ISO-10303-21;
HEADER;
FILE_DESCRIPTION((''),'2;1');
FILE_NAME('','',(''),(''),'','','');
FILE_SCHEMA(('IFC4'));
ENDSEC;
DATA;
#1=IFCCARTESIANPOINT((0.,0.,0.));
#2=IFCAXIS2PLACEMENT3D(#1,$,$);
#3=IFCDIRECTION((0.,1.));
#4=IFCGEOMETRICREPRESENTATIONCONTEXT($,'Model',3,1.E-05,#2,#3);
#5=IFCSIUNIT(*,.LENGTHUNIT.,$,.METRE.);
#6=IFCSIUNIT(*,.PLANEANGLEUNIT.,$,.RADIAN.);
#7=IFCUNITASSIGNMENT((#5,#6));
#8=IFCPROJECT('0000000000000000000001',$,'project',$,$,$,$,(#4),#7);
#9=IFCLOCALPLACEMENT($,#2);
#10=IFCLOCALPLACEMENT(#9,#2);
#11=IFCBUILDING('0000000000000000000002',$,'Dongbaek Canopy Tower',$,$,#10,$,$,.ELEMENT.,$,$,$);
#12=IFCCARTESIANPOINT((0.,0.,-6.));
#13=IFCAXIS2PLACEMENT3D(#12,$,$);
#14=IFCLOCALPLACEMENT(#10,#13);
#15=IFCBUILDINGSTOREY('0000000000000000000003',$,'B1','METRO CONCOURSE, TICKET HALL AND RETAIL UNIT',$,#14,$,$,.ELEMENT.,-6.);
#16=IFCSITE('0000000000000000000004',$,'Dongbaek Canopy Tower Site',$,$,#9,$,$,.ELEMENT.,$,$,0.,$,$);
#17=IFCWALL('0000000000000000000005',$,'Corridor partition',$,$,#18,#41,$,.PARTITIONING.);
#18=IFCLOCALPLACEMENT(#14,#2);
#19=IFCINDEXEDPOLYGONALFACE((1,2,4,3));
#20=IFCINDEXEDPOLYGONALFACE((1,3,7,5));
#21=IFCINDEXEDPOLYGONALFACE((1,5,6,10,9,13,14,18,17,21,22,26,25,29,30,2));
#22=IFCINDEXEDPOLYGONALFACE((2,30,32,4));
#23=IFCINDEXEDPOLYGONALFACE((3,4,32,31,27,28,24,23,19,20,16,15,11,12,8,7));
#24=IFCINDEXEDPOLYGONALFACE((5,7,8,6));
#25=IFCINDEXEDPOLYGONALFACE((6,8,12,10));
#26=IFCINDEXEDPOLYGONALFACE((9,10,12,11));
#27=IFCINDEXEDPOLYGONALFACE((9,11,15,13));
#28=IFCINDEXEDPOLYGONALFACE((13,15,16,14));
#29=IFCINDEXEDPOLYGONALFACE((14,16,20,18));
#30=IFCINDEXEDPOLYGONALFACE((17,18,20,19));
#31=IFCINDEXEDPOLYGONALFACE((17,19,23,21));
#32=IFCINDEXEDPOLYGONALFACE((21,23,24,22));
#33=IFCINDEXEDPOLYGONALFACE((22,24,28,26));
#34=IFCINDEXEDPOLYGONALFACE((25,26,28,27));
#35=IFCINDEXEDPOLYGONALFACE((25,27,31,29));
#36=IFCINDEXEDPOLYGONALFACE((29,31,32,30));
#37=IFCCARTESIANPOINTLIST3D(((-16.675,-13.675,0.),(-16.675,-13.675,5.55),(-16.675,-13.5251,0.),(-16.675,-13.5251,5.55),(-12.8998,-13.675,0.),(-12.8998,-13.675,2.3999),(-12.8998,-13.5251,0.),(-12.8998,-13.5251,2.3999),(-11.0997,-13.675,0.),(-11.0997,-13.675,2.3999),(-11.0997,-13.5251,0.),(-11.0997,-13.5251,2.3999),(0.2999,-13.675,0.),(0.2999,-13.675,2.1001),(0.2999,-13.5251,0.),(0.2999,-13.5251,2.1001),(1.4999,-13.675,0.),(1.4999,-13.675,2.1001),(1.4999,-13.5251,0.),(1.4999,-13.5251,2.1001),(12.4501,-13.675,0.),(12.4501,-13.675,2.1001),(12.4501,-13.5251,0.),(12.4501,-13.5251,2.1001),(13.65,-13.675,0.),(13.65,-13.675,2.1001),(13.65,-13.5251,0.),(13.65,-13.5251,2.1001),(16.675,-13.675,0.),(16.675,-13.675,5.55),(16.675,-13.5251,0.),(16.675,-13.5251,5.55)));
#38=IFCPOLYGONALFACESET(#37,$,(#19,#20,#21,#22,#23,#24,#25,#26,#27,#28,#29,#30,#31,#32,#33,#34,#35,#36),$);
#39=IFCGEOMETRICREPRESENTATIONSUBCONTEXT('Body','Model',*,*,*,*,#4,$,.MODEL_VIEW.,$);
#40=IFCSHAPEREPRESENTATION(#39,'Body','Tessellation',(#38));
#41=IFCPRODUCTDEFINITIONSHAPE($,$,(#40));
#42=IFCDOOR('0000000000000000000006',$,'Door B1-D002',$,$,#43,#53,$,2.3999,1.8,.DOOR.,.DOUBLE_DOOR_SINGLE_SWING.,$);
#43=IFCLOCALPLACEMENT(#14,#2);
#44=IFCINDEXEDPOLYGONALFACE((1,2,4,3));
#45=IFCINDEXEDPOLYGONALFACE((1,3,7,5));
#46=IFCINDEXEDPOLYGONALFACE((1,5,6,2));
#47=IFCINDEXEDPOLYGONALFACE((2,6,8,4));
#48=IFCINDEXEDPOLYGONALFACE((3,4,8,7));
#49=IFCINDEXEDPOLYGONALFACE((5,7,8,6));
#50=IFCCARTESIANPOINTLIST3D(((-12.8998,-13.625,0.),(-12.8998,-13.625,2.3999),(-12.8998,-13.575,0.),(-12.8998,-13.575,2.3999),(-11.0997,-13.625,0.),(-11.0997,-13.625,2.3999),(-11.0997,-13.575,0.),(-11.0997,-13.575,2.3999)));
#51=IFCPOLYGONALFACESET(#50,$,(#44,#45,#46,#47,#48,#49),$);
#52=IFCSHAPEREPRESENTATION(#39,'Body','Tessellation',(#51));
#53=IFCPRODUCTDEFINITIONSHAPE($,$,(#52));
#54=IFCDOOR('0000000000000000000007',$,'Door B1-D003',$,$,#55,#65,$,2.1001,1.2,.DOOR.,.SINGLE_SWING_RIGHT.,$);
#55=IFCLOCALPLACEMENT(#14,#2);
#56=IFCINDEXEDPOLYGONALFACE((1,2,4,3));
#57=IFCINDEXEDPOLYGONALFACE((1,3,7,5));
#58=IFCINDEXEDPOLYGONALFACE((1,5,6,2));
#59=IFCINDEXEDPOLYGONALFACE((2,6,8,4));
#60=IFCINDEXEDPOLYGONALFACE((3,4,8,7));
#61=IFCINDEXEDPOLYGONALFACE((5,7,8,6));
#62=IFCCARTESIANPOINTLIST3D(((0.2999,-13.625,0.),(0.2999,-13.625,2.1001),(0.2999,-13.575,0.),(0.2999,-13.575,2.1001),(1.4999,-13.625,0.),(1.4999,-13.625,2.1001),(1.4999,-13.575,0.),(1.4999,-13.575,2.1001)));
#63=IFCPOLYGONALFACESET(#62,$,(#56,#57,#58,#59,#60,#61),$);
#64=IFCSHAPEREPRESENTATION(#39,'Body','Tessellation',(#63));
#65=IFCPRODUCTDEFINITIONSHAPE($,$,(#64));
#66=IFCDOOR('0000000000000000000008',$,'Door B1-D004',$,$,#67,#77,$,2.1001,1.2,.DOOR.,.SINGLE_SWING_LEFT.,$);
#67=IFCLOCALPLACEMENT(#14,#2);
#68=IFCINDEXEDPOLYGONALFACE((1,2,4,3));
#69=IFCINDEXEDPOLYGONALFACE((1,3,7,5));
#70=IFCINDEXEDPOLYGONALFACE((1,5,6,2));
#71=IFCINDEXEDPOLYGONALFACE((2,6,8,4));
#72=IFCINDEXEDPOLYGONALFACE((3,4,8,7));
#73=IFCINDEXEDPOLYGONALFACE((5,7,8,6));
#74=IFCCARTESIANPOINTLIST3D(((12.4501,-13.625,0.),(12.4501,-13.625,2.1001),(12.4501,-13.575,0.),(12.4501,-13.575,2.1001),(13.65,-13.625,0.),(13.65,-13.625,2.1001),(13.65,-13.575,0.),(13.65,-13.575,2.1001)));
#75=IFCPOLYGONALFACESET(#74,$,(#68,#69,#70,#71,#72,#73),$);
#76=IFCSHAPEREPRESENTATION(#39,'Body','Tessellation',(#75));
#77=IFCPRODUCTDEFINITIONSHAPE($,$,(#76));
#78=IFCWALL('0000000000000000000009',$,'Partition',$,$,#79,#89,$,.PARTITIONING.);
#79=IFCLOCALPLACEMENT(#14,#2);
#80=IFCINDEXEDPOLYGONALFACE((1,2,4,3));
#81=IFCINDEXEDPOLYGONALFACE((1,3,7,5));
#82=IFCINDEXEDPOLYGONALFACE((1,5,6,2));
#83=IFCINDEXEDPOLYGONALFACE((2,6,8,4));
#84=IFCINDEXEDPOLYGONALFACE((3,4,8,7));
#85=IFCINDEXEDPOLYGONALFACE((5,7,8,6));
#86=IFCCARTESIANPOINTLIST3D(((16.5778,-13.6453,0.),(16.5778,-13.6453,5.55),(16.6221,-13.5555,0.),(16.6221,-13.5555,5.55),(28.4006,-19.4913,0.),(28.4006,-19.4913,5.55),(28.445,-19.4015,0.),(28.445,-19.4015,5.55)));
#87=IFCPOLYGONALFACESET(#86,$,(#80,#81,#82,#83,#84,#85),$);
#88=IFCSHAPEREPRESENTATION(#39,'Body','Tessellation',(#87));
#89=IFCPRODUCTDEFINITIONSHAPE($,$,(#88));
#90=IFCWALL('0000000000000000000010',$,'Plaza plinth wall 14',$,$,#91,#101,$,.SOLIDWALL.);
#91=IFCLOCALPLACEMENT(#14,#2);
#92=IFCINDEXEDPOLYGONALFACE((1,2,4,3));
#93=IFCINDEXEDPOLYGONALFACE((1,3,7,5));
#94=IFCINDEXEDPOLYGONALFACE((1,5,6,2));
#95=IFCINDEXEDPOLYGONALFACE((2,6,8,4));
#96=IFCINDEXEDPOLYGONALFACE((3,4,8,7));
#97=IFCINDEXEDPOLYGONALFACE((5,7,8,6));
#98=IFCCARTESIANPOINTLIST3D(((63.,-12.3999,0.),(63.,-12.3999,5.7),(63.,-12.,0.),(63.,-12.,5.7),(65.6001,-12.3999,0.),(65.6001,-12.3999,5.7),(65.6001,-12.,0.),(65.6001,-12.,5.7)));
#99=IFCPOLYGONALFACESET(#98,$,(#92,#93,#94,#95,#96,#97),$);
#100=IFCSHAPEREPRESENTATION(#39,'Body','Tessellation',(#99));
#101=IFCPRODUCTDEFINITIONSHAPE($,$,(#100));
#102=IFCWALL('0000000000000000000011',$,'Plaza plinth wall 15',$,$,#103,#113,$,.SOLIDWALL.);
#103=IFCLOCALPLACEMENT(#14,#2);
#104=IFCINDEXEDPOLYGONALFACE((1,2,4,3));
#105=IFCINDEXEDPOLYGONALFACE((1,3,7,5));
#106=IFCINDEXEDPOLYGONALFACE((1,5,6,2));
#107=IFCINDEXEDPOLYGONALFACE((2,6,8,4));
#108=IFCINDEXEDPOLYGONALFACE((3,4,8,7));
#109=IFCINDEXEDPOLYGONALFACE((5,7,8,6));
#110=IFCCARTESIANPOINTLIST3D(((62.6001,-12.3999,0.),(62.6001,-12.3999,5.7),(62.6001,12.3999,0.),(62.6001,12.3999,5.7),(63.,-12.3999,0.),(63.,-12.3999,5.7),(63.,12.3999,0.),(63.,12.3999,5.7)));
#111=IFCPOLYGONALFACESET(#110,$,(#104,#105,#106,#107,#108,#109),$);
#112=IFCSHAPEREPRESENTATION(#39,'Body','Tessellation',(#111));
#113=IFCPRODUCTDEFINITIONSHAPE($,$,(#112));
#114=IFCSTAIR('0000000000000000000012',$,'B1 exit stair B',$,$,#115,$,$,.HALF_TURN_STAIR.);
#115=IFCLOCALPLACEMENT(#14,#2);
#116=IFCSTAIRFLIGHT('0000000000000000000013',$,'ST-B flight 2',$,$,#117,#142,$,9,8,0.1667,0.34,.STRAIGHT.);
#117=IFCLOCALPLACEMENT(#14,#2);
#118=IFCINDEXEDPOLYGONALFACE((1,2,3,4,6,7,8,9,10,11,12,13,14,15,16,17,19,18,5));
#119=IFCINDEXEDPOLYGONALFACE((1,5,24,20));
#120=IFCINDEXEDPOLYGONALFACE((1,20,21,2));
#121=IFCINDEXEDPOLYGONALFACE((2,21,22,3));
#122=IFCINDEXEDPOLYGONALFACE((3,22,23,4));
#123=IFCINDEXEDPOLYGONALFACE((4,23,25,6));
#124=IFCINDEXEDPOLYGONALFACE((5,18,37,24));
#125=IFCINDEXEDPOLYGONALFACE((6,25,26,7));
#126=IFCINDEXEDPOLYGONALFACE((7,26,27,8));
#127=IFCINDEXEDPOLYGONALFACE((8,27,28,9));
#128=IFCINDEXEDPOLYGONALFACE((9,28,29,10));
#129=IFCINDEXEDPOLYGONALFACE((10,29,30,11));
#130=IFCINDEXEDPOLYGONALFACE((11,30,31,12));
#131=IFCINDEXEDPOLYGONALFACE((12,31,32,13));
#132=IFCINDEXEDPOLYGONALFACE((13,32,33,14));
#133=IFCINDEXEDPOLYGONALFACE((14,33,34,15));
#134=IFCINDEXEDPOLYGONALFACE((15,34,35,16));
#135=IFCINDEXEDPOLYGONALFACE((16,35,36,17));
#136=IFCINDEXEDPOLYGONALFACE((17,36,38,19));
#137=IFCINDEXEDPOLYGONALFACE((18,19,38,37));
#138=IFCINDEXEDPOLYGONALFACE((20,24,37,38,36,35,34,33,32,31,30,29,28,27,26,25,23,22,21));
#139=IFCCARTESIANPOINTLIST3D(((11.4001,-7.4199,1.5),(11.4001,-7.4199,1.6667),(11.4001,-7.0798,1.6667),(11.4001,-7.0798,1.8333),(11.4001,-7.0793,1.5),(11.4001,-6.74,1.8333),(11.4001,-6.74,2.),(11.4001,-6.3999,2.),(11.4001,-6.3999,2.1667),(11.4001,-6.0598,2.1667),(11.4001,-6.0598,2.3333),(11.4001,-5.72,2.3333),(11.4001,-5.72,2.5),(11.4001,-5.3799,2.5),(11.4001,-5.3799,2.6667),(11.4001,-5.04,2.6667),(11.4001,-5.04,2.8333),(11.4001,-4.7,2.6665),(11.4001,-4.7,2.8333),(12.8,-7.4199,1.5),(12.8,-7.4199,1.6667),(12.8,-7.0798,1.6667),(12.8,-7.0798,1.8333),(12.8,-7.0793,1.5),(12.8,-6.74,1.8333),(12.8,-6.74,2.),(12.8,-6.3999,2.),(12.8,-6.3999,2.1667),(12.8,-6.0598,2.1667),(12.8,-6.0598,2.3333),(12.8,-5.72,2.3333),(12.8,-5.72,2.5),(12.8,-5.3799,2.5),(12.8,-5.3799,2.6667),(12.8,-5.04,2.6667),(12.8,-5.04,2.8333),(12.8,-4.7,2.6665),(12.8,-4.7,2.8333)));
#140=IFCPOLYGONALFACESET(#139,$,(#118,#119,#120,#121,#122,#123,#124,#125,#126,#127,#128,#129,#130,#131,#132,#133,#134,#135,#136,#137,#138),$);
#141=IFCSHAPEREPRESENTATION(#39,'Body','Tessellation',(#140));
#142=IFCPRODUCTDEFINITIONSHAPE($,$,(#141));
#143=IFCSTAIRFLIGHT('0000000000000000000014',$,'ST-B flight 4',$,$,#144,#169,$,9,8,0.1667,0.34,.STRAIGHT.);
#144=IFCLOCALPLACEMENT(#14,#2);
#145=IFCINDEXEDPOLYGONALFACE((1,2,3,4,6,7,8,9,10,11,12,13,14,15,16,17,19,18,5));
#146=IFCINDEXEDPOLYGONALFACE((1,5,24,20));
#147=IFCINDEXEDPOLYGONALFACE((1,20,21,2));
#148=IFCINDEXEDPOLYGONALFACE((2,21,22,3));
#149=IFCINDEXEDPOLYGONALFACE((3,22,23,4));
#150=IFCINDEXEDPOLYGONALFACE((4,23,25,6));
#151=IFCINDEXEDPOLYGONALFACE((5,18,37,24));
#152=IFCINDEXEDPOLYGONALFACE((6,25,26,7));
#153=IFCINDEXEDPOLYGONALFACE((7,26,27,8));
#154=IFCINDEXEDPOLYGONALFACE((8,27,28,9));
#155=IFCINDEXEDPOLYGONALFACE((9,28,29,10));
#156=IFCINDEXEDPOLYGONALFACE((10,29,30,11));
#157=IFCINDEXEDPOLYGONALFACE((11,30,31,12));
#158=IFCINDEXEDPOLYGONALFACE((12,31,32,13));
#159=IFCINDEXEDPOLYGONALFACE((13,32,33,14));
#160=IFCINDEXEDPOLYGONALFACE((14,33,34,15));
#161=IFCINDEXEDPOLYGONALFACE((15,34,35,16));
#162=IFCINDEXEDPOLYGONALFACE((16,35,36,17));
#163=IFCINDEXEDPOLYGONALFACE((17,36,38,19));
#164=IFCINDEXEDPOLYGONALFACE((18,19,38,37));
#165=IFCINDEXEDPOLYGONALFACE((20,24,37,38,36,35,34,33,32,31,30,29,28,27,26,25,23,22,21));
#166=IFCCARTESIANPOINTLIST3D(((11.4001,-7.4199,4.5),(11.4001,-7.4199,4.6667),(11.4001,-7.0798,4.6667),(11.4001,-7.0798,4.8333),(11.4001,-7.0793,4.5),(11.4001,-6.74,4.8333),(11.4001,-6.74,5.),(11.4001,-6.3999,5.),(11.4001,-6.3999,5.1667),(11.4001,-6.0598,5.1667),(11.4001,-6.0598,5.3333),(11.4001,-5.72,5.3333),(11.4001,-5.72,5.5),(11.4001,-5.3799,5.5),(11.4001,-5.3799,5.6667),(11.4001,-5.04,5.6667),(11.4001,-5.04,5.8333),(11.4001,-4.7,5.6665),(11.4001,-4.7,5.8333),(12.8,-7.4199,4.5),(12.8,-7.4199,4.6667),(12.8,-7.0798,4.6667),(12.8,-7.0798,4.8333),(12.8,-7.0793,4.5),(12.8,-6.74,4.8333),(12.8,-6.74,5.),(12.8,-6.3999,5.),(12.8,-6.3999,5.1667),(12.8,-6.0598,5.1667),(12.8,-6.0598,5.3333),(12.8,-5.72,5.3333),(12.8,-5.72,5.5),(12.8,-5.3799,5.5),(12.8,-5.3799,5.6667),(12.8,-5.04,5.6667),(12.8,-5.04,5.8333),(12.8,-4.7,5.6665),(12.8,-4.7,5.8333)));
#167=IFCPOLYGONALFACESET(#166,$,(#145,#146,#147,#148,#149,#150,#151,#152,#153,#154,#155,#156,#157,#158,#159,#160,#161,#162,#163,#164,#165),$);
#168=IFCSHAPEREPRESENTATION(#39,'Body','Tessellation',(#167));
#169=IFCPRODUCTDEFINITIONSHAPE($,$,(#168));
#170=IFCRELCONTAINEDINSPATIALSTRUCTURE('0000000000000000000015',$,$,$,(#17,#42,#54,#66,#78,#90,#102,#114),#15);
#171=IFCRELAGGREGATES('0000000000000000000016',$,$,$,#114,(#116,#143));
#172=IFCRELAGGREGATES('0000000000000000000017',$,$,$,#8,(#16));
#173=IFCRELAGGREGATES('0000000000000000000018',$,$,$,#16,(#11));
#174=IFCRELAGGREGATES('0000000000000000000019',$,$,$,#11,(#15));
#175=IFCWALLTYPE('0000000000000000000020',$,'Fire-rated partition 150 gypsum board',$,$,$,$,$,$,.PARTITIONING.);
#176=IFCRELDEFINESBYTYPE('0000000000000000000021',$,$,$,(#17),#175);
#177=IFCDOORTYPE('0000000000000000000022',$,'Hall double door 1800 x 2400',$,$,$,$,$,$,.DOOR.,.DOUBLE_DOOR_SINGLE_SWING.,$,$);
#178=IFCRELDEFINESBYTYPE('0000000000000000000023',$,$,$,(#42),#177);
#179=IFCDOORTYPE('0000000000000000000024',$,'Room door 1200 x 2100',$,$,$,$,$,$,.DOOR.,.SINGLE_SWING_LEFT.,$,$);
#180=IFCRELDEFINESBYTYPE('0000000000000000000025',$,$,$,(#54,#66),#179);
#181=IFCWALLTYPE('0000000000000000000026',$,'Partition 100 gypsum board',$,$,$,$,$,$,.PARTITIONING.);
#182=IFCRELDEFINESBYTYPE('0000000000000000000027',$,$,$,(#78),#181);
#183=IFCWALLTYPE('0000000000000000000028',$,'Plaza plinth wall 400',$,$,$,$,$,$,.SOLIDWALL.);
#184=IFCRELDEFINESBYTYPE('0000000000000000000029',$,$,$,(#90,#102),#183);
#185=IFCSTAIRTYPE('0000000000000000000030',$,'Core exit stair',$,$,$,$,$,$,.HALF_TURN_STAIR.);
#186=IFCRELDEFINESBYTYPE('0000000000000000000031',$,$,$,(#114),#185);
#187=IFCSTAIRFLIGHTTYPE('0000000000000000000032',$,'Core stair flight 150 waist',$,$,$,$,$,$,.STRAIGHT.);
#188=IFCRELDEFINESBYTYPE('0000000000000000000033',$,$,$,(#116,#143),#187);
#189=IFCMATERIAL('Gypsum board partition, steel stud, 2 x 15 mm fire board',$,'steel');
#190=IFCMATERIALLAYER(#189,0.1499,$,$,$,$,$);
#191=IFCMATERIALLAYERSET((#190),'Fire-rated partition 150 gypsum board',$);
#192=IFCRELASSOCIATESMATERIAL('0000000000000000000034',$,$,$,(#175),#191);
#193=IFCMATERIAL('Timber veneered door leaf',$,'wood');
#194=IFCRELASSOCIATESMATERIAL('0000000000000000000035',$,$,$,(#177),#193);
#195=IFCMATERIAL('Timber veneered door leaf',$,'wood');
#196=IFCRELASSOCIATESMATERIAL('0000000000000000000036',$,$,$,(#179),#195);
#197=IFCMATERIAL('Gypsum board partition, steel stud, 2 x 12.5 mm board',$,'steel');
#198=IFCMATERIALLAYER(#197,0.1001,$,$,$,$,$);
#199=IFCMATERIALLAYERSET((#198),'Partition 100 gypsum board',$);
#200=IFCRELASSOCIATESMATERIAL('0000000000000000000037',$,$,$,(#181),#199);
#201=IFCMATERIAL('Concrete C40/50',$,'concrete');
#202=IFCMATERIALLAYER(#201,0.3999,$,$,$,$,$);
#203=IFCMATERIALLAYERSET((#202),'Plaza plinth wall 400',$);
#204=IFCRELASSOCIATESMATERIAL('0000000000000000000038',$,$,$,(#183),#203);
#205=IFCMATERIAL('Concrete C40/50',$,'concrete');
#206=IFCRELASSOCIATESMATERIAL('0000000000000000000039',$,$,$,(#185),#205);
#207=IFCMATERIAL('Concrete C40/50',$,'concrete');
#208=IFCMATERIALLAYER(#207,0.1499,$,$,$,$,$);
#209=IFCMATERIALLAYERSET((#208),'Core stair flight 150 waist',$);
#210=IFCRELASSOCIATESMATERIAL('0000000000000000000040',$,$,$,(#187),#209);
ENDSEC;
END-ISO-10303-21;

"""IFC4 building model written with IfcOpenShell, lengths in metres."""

from ifc_helpers import new_model, si_unit, direction, frame, frame_2d, origin, place, context, subcontext, project, spatial, polyline, rectangle, outline, extrude, material, layer, layer_set, type_object, element, fill, aggregate, save


model = new_model("IFC4")

# Units and contexts
model_context = context("Model", 3, precision=1e-05, world=origin(), true_north=direction((0.0, 1.0)))
body_context = subcontext(model_context, "Body", "Model", "MODEL_VIEW")
ifc_project = project(units=[si_unit("LENGTHUNIT", "METRE"), si_unit("PLANEANGLEUNIT", "RADIAN")], contexts=[model_context])

# Site, building, storey
site_placement = place(None, origin())
site = spatial("IfcSite", under=ifc_project, at=site_placement, Name="Dongbaek Canopy Tower Site", CompositionType="ELEMENT", RefElevation=0.0)
building_placement = place(site_placement, origin())
building = spatial("IfcBuilding", under=site, at=building_placement, Name="Dongbaek Canopy Tower", CompositionType="ELEMENT")
storey_placement = place(building_placement, frame((0.0, 0.0, -6.0)))
storey = spatial("IfcBuildingStorey", under=building, at=storey_placement, Name="B1", Description="METRO CONCOURSE, TICKET HALL AND RETAIL UNIT", CompositionType="ELEMENT", Elevation=-6.0)

# Wall, openings, doors
ifc_material_1 = material(Name="Gypsum board partition, steel stud, 2 x 15 mm fire board", Category="steel")
ifc_layer_1 = layer(ifc_material_1, 0.1499)
ifc_layer_set_1 = layer_set([ifc_layer_1], Name="Fire-rated partition 150 gypsum board")
wall_type_1 = type_object("IfcWallType", Name="Fire-rated partition 150 gypsum board", PredefinedType="PARTITIONING", material=ifc_layer_set_1)
wall_1_placement = place(storey_placement, frame((16.675, -13.6001, 0.0), z_axis=(0.0, 0.0, 1.0), x_axis=(-1.0, 0.0, 0.0)))
wall_1 = element("IfcWall", 1, at=wall_1_placement, inside=storey, type_object=wall_type_1, Name="Corridor partition", PredefinedType="PARTITIONING", context=body_context, shape_type="SweptSolid", body=[
    extrude(rectangle(XDim=33.3501, YDim=0.1499, at=frame_2d((16.675, 0.0))), origin(), (0.0, 0.0, 1.0), 5.55),
])
opening_1_placement = place(wall_1_placement, frame((27.7749, 0.0, 0.0)))
opening_1 = element("IfcOpeningElement", 2, at=opening_1_placement, cuts=wall_1, PredefinedType="OPENING", context=body_context, shape_type="SweptSolid", body=[
    extrude(rectangle(XDim=1.8, YDim=2.3999, at=frame_2d((0.8999, 1.2))), frame((0.0, 0.085, 0.0), z_axis=(0.0, -1.0, 0.0), x_axis=(1.0, 0.0, 0.0)), (0.0, 0.0, 1.0), 0.1699),
])
opening_2_placement = place(wall_1_placement, frame((15.175, 0.0, 0.0)))
opening_2 = element("IfcOpeningElement", 3, at=opening_2_placement, cuts=wall_1, PredefinedType="OPENING", context=body_context, shape_type="SweptSolid", body=[
    extrude(rectangle(XDim=1.2, YDim=2.1001, at=frame_2d((0.6001, 1.05))), frame((0.0, 0.085, 0.0), z_axis=(0.0, -1.0, 0.0), x_axis=(1.0, 0.0, 0.0)), (0.0, 0.0, 1.0), 0.1699),
])
opening_3_placement = place(wall_1_placement, frame((3.0249, 0.0, 0.0)))
opening_3 = element("IfcOpeningElement", 4, at=opening_3_placement, cuts=wall_1, PredefinedType="OPENING", context=body_context, shape_type="SweptSolid", body=[
    extrude(rectangle(XDim=1.2, YDim=2.1001, at=frame_2d((0.6001, 1.05))), frame((0.0, 0.085, 0.0), z_axis=(0.0, -1.0, 0.0), x_axis=(1.0, 0.0, 0.0)), (0.0, 0.0, 1.0), 0.1699),
])
ifc_material_2 = material(Name="Timber veneered door leaf", Category="wood")
door_type_1 = type_object("IfcDoorType", Name="Hall double door 1800 x 2400", OperationType="DOUBLE_DOOR_SINGLE_SWING", PredefinedType="DOOR", material=ifc_material_2)
door_1_placement = place(opening_1_placement, origin())
door_1 = element("IfcDoor", 5, at=door_1_placement, inside=storey, type_object=door_type_1, Name="Door B1-D002", OperationType="DOUBLE_DOOR_SINGLE_SWING", OverallHeight=2.3999, OverallWidth=1.8, PredefinedType="DOOR", context=body_context, shape_type="SweptSolid", body=[
    extrude(rectangle(XDim=1.8, YDim=2.3999, at=frame_2d((0.8999, 1.2))), frame((0.0, 0.0249, 0.0), z_axis=(0.0, -1.0, 0.0), x_axis=(1.0, 0.0, 0.0)), (0.0, 0.0, 1.0), 0.05),
])
fill(opening_1, door_1)
ifc_material_3 = material(Name="Timber veneered door leaf", Category="wood")
door_type_2 = type_object("IfcDoorType", Name="Room door 1200 x 2100", OperationType="SINGLE_SWING_LEFT", PredefinedType="DOOR", material=ifc_material_3)
door_2_placement = place(opening_2_placement, origin())
door_2 = element("IfcDoor", 6, at=door_2_placement, inside=storey, type_object=door_type_2, Name="Door B1-D003", OperationType="SINGLE_SWING_RIGHT", OverallHeight=2.1001, OverallWidth=1.2, PredefinedType="DOOR", context=body_context, shape_type="SweptSolid", body=[
    extrude(rectangle(XDim=1.2, YDim=2.1001, at=frame_2d((0.6001, 1.05))), frame((0.0, 0.0249, 0.0), z_axis=(0.0, -1.0, 0.0), x_axis=(1.0, 0.0, 0.0)), (0.0, 0.0, 1.0), 0.05),
])
fill(opening_2, door_2)
door_3_placement = place(opening_3_placement, origin())
door_3 = element("IfcDoor", 7, at=door_3_placement, inside=storey, type_object=door_type_2, Name="Door B1-D004", OperationType="SINGLE_SWING_LEFT", OverallHeight=2.1001, OverallWidth=1.2, PredefinedType="DOOR", context=body_context, shape_type="SweptSolid", body=[
    extrude(rectangle(XDim=1.2, YDim=2.1001, at=frame_2d((0.6001, 1.05))), frame((0.0, 0.0249, 0.0), z_axis=(0.0, -1.0, 0.0), x_axis=(1.0, 0.0, 0.0)), (0.0, 0.0, 1.0), 0.05),
])
fill(opening_3, door_3)

# Walls
ifc_material_4 = material(Name="Gypsum board partition, steel stud, 2 x 12.5 mm board", Category="steel")
ifc_layer_2 = layer(ifc_material_4, 0.1001)
ifc_layer_set_2 = layer_set([ifc_layer_2], Name="Partition 100 gypsum board")
wall_type_2 = type_object("IfcWallType", Name="Partition 100 gypsum board", PredefinedType="PARTITIONING", material=ifc_layer_set_2)
wall_2_placement = place(storey_placement, frame((16.5999, -13.6003, 0.0), z_axis=(0.0, 0.0, 1.0), x_axis=(0.896403, -0.44324, 0.0)))
element("IfcWall", 8, at=wall_2_placement, inside=storey, type_object=wall_type_2, Name="Partition", PredefinedType="PARTITIONING", context=body_context, shape_type="SweptSolid", body=[
    extrude(rectangle(XDim=13.1892, YDim=0.1001, at=frame_2d((6.5947, 0.0))), origin(), (0.0, 0.0, 1.0), 5.55),
])
ifc_material_5 = material(Name="Concrete C40/50", Category="concrete")
ifc_layer_3 = layer(ifc_material_5, 0.3999)
ifc_layer_set_3 = layer_set([ifc_layer_3], Name="Plaza plinth wall 400")
wall_type_3 = type_object("IfcWallType", Name="Plaza plinth wall 400", PredefinedType="SOLIDWALL", material=ifc_layer_set_3)
wall_3_placement = place(storey_placement, frame((63.0, -12.2, 0.0), z_axis=(0.0, 0.0, 1.0), x_axis=(1.0, 0.0, 0.0)))
element("IfcWall", 9, at=wall_3_placement, inside=storey, type_object=wall_type_3, Name="Plaza plinth wall 14", PredefinedType="SOLIDWALL", context=body_context, shape_type="SweptSolid", body=[
    extrude(rectangle(XDim=2.6001, YDim=0.3999, at=frame_2d((1.3, 0.0))), origin(), (0.0, 0.0, 1.0), 5.7),
])
wall_4_placement = place(storey_placement, frame((62.8, -12.3999, 0.0), z_axis=(0.0, 0.0, 1.0), x_axis=(0.0, 1.0, 0.0)))
element("IfcWall", 10, at=wall_4_placement, inside=storey, type_object=wall_type_3, Name="Plaza plinth wall 15", PredefinedType="SOLIDWALL", context=body_context, shape_type="SweptSolid", body=[
    extrude(rectangle(XDim=24.7998, YDim=0.3999, at=frame_2d((12.3999, 0.0))), origin(), (0.0, 0.0, 1.0), 5.7),
])

# Stair, stair flights
ifc_material_6 = material(Name="Concrete C40/50", Category="concrete")
stair_type = type_object("IfcStairType", Name="Core exit stair", PredefinedType="HALF_TURN_STAIR", material=ifc_material_6)
stair_placement = place(storey_placement, origin())
stair = element("IfcStair", 11, at=stair_placement, inside=storey, type_object=stair_type, Name="B1 exit stair B", PredefinedType="HALF_TURN_STAIR")
ifc_material_7 = material(Name="Concrete C40/50", Category="concrete")
ifc_layer_4 = layer(ifc_material_7, 0.1499)
ifc_layer_set_4 = layer_set([ifc_layer_4], Name="Core stair flight 150 waist")
stair_flight_type = type_object("IfcStairFlightType", Name="Core stair flight 150 waist", PredefinedType="STRAIGHT", material=ifc_layer_set_4)
stair_flight_1_placement = place(storey_placement, frame((12.1001, -7.4199, 1.5), z_axis=(0.0, 0.0, 1.0), x_axis=(0.0, 1.0, 0.0)))
stair_flight_1 = element("IfcStairFlight", 12, at=stair_flight_1_placement, type_object=stair_flight_type, Name="ST-B flight 2", NumberOfRisers=9, NumberOfTreads=8, PredefinedType="STRAIGHT", RiserHeight=0.1667, TreadLength=0.34, context=body_context, shape_type="SweptSolid", body=[
    extrude(outline(polyline([(0.0, 0.0), (0.0, 0.1667), (0.3401, 0.1667), (0.3401, 0.3333), (0.6799, 0.3333), (0.6799, 0.5), (1.02, 0.5), (1.02, 0.6667), (1.3601, 0.6667), (1.3601, 0.8333), (1.7, 0.8333), (1.7, 1.0), (2.04, 1.0), (2.04, 1.1667), (2.3799, 1.1667), (2.3799, 1.3333), (2.72, 1.3333), (2.72, 1.5), (2.72, 1.1665), (0.3406, 0.0), (0.0, 0.0)])), frame((0.0, 0.7, 0.0), z_axis=(0.0, -1.0, 0.0), x_axis=(1.0, 0.0, 0.0)), (0.0, 0.0, 1.0), 1.3999),
])
stair_flight_2_placement = place(storey_placement, frame((12.1001, -7.4199, 4.5), z_axis=(0.0, 0.0, 1.0), x_axis=(0.0, 1.0, 0.0)))
stair_flight_2 = element("IfcStairFlight", 13, at=stair_flight_2_placement, type_object=stair_flight_type, Name="ST-B flight 4", NumberOfRisers=9, NumberOfTreads=8, PredefinedType="STRAIGHT", RiserHeight=0.1667, TreadLength=0.34, context=body_context, shape_type="SweptSolid", body=[
    extrude(outline(polyline([(0.0, 0.0), (0.0, 0.1667), (0.3401, 0.1667), (0.3401, 0.3333), (0.6799, 0.3333), (0.6799, 0.5), (1.02, 0.5), (1.02, 0.6667), (1.3601, 0.6667), (1.3601, 0.8333), (1.7, 0.8333), (1.7, 1.0), (2.04, 1.0), (2.04, 1.1667), (2.3799, 1.1667), (2.3799, 1.3333), (2.72, 1.3333), (2.72, 1.5), (2.72, 1.1665), (0.3406, 0.0), (0.0, 0.0)])), frame((0.0, 0.7, 0.0), z_axis=(0.0, -1.0, 0.0), x_axis=(1.0, 0.0, 0.0)), (0.0, 0.0, 1.0), 1.3999),
])
aggregate(stair, [stair_flight_1, stair_flight_2])

save(model, "model.ifc")
